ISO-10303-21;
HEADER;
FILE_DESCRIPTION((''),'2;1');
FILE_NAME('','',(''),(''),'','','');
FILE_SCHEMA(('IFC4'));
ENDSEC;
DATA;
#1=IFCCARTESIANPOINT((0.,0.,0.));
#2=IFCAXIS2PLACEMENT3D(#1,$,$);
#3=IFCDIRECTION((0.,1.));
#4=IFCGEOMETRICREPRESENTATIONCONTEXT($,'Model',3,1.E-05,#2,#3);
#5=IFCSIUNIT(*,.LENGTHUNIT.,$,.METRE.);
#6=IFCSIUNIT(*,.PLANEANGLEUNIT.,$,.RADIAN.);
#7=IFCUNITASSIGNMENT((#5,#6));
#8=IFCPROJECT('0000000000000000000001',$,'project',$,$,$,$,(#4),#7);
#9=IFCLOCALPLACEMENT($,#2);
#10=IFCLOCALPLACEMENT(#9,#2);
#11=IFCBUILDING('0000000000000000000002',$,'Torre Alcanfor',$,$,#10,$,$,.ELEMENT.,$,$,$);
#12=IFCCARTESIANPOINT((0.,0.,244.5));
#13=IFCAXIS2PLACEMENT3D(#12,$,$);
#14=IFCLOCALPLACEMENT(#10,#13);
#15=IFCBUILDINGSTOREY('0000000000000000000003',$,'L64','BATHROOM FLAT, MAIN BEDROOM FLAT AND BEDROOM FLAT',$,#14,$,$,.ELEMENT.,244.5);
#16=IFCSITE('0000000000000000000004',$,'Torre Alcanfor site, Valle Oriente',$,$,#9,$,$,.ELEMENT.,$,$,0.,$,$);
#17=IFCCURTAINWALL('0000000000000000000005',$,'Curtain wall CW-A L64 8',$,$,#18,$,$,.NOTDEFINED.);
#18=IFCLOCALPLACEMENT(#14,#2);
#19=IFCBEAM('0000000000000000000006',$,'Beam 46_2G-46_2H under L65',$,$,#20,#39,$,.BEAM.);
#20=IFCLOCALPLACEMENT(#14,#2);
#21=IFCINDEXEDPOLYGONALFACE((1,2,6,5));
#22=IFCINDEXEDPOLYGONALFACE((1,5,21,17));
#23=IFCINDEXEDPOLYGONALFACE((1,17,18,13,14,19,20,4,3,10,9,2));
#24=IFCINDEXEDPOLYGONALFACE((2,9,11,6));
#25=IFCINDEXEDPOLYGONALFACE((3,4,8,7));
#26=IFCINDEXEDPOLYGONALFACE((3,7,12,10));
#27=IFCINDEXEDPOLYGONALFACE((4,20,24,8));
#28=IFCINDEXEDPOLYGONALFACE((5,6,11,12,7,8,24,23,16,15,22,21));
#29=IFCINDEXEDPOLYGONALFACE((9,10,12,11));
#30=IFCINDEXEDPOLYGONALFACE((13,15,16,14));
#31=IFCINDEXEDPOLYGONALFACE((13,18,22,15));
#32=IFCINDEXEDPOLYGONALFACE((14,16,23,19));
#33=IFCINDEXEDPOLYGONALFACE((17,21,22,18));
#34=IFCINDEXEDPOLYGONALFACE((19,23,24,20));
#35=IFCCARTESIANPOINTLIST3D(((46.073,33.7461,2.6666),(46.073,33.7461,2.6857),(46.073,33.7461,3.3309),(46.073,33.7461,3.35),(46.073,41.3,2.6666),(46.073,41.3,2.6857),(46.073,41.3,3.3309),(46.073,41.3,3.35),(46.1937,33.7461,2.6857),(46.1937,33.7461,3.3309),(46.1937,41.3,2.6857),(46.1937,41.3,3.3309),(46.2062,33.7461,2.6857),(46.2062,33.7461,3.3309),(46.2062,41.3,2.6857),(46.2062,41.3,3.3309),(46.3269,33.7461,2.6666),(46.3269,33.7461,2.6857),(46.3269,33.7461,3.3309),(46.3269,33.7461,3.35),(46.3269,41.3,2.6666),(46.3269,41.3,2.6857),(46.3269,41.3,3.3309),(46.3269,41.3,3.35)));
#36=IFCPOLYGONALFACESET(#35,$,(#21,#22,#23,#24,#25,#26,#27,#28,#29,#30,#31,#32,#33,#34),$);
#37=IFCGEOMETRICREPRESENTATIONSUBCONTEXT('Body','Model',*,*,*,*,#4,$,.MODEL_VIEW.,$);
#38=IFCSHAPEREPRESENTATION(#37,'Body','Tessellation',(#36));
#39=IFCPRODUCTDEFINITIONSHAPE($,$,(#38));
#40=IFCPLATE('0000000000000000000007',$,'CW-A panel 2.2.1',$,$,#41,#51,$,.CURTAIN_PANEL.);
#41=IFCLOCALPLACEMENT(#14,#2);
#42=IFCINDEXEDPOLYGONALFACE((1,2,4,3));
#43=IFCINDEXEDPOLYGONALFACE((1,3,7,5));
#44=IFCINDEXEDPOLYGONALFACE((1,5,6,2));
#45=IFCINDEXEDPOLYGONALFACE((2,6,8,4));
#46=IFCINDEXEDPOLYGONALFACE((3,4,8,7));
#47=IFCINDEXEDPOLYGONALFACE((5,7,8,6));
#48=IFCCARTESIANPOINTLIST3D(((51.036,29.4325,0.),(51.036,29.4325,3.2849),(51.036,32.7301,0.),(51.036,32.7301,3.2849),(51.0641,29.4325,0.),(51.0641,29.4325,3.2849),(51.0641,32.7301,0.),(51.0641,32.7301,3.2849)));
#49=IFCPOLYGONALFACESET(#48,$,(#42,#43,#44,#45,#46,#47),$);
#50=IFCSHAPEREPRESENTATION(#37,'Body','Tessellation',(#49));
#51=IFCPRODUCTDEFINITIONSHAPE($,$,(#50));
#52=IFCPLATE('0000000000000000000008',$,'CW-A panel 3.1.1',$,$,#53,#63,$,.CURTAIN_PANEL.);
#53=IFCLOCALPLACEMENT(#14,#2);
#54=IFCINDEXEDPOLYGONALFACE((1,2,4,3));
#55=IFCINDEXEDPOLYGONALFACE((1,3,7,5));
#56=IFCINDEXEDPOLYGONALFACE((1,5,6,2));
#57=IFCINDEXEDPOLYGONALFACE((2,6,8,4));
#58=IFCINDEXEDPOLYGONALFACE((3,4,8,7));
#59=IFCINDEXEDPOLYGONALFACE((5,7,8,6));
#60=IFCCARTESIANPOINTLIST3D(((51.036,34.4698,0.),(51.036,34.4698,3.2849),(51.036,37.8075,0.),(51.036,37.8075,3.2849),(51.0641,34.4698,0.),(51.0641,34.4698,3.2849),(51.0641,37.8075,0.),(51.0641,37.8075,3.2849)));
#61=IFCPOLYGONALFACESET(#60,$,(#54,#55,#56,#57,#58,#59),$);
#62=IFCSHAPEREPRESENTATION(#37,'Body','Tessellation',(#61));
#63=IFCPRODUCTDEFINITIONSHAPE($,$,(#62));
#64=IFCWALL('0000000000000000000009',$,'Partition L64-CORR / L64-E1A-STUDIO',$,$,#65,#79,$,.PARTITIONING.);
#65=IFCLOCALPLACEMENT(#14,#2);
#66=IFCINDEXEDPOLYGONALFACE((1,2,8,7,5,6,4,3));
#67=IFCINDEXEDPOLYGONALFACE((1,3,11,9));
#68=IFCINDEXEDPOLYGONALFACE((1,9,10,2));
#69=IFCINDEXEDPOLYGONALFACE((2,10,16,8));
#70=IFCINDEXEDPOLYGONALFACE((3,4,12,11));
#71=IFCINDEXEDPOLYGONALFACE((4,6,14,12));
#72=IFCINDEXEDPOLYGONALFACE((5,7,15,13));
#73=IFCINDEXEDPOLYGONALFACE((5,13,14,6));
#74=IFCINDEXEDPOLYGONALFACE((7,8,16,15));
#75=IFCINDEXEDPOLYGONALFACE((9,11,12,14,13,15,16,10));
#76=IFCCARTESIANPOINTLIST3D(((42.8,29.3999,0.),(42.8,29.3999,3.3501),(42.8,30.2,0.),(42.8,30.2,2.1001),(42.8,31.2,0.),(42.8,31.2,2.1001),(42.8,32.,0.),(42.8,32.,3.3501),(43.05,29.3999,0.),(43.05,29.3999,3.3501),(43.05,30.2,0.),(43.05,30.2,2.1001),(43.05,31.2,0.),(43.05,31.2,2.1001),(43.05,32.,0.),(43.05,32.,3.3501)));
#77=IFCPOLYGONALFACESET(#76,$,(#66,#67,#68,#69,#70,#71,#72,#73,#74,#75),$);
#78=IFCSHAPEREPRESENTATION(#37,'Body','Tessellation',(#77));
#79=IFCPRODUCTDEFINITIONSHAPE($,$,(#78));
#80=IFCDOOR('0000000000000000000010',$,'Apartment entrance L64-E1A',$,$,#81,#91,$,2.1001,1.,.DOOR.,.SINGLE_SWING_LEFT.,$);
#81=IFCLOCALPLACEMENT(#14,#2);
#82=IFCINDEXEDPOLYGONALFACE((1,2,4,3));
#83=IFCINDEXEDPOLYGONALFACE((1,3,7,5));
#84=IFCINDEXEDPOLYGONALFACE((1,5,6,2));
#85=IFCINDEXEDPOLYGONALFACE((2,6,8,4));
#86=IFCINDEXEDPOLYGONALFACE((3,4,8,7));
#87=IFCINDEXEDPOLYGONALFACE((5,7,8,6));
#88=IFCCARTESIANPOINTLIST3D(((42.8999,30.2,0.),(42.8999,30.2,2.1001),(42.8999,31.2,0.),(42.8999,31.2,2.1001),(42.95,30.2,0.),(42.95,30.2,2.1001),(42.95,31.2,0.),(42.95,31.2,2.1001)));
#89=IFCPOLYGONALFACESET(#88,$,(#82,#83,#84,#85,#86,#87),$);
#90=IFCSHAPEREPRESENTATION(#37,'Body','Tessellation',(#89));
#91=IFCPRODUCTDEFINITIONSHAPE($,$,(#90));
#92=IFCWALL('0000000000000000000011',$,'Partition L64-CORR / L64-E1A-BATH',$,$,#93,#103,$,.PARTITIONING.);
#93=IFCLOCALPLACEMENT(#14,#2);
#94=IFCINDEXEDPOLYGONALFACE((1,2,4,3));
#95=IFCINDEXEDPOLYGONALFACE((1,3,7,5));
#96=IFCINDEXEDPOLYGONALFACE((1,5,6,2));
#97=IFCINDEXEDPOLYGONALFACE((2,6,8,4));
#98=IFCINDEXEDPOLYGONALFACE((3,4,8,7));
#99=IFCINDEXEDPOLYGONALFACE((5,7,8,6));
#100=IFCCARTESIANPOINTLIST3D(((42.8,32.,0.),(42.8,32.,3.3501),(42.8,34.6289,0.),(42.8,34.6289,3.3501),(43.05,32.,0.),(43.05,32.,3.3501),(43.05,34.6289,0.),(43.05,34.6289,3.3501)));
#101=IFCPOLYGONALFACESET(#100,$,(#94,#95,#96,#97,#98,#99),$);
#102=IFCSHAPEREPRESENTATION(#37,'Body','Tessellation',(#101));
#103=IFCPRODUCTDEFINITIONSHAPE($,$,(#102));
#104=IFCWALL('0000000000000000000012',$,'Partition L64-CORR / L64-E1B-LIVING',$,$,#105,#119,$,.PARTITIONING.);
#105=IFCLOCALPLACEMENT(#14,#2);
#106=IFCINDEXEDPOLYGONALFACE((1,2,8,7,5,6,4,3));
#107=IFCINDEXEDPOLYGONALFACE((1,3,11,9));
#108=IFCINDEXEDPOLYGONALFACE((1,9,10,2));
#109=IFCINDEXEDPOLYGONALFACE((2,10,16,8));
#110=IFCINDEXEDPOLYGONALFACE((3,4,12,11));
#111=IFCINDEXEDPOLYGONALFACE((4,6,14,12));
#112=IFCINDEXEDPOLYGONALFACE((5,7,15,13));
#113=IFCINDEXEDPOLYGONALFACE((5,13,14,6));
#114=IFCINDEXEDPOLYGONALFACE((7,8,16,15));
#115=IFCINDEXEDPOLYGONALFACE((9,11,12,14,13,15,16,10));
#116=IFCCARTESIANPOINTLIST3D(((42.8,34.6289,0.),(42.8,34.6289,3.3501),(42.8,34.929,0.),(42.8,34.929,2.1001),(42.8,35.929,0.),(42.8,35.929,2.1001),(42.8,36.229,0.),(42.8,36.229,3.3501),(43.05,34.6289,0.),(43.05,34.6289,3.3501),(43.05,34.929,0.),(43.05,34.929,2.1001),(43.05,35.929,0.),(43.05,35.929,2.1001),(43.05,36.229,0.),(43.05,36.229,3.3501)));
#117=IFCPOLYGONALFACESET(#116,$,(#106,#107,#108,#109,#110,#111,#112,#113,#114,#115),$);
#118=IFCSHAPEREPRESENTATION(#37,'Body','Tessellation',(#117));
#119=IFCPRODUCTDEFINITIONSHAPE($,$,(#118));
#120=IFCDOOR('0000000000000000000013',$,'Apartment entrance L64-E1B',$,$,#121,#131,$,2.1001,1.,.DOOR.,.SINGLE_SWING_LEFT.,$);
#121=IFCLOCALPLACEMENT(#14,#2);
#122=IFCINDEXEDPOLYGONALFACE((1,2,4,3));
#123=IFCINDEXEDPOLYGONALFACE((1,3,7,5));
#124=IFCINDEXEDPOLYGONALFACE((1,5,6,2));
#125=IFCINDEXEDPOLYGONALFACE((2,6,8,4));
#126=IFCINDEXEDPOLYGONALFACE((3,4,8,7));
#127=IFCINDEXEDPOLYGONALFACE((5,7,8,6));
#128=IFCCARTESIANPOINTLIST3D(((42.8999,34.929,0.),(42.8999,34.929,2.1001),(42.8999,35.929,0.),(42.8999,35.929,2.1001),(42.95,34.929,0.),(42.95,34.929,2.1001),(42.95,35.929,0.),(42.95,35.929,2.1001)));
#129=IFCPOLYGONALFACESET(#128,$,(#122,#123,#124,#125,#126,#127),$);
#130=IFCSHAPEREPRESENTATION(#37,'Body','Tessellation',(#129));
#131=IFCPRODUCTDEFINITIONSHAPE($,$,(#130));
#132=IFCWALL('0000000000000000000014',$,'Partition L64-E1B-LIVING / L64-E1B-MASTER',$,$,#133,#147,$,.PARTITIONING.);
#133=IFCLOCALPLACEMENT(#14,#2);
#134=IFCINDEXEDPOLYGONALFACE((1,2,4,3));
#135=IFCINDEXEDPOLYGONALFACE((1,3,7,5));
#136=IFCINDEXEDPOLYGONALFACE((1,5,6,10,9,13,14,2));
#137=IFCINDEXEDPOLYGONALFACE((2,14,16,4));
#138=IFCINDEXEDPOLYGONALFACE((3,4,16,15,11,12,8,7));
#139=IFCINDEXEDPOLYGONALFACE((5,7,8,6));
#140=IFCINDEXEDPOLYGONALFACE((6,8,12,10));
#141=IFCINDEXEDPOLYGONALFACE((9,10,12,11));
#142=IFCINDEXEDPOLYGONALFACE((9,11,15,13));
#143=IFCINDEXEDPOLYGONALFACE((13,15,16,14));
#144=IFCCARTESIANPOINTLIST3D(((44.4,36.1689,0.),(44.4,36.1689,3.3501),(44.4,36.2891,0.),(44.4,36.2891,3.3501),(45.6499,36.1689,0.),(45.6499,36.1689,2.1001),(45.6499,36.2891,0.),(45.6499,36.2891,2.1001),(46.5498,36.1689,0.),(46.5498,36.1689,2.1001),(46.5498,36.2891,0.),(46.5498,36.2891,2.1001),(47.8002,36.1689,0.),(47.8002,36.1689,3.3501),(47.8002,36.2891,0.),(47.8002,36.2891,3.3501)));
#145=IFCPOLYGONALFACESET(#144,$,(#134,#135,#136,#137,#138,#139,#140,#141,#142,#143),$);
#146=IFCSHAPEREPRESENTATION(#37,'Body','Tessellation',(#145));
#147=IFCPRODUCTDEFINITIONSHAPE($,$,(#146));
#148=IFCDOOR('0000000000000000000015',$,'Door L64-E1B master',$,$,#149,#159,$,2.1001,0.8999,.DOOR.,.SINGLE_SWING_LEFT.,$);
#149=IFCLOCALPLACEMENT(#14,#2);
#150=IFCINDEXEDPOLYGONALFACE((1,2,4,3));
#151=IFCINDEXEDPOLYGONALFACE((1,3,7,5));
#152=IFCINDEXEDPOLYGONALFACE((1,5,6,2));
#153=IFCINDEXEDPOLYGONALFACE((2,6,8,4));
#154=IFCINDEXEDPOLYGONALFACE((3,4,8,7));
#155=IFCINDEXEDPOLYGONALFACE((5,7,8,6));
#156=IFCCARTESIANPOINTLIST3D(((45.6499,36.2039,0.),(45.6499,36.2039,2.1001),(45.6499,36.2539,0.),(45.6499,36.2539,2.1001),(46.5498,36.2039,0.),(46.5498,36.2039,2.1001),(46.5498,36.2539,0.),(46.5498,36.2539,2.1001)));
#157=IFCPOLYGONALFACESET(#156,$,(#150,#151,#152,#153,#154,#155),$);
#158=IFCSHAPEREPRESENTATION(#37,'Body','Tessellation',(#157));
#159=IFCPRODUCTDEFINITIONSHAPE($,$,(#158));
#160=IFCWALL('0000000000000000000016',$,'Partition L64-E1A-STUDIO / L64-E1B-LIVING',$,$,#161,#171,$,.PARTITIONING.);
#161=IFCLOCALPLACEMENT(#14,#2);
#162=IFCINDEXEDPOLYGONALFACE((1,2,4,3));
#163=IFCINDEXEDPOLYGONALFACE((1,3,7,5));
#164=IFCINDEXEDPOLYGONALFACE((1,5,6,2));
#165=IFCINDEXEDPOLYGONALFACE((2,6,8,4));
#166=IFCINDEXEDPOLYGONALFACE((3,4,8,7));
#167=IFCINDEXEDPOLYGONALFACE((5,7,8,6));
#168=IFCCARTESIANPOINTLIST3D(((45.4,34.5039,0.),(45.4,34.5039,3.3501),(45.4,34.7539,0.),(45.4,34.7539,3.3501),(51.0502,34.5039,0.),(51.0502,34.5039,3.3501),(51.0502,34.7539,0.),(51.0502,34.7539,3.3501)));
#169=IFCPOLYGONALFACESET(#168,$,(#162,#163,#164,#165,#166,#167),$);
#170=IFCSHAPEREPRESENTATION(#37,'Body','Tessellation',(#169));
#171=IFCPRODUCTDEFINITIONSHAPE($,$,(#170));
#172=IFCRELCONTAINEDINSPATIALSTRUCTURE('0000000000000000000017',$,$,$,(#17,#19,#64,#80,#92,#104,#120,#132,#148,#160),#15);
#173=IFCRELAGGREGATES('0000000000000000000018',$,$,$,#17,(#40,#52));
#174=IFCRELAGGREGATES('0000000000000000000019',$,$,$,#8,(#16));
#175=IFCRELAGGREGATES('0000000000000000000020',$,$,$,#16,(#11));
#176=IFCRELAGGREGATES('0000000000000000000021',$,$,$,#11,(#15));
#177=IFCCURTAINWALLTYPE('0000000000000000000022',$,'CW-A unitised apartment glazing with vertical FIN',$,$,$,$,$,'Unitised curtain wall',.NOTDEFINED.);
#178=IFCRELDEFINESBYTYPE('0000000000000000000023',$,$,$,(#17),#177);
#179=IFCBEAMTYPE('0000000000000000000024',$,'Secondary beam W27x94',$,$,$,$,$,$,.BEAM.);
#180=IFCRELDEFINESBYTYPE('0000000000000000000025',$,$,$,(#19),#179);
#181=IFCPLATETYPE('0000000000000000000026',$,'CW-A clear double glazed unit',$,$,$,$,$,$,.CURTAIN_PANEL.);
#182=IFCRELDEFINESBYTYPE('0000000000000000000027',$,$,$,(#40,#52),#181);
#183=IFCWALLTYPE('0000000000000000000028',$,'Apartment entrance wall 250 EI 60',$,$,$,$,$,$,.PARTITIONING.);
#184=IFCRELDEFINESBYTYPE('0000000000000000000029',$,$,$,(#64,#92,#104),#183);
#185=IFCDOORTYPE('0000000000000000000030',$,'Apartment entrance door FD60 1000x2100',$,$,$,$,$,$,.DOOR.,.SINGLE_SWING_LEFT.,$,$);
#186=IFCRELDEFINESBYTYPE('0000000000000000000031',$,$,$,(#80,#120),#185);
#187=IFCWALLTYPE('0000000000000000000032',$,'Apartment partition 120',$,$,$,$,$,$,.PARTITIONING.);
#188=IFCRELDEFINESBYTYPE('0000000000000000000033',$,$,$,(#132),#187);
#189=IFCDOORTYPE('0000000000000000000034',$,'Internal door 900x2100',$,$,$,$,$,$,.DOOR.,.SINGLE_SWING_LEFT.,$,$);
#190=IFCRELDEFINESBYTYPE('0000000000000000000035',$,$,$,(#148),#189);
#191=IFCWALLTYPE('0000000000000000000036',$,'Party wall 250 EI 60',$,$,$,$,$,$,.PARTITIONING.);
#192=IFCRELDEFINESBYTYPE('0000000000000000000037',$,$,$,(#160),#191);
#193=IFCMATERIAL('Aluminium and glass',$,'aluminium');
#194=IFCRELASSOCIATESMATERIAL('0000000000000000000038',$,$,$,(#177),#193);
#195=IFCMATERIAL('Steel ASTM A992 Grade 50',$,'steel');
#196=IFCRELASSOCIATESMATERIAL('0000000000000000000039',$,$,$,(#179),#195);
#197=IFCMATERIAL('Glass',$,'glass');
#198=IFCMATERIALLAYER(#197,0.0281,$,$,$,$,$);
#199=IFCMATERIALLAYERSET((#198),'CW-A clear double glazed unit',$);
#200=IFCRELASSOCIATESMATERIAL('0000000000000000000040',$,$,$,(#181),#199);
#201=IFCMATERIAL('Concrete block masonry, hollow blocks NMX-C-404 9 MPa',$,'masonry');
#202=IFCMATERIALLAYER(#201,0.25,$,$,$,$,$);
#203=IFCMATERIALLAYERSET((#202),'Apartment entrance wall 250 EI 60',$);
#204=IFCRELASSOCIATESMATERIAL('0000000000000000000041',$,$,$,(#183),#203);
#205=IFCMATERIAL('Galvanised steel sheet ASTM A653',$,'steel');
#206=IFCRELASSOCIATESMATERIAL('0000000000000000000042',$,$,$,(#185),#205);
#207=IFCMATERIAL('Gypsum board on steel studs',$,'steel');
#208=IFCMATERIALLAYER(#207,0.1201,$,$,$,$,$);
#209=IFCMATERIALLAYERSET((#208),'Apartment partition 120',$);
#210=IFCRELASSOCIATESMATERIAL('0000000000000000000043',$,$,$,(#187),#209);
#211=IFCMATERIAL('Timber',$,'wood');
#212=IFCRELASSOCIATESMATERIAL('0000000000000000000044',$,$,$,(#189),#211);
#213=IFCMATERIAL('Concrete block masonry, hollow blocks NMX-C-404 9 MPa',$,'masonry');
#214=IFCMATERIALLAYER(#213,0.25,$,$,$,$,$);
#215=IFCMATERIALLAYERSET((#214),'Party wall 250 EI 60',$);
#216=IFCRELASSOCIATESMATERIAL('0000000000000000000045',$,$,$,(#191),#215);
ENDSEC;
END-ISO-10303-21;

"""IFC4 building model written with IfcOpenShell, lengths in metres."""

from ifc_helpers import new_model, si_unit, direction, frame, frame_2d, origin, origin_2d, place, context, subcontext, project, spatial, rectangle, i_section, extrude, material, layer, layer_set, material_profile, profile_set, type_object, element, fill, aggregate, save


model = new_model("IFC4")

# Units and contexts
model_context = context("Model", 3, precision=1e-05, world=origin(), true_north=direction((0.0, 1.0)))
body_context = subcontext(model_context, "Body", "Model", "MODEL_VIEW")
ifc_project = project(units=[si_unit("LENGTHUNIT", "METRE"), si_unit("PLANEANGLEUNIT", "RADIAN")], contexts=[model_context])

# Site, building, storey
site_placement = place(None, origin())
site = spatial("IfcSite", under=ifc_project, at=site_placement, Name="Torre Alcanfor site, Valle Oriente", CompositionType="ELEMENT", RefElevation=0.0)
building_placement = place(site_placement, origin())
building = spatial("IfcBuilding", under=site, at=building_placement, Name="Torre Alcanfor", CompositionType="ELEMENT")
storey_placement = place(building_placement, frame((0.0, 0.0, 244.5)))
storey = spatial("IfcBuildingStorey", under=building, at=storey_placement, Name="L64", Description="BATHROOM FLAT, MAIN BEDROOM FLAT AND BEDROOM FLAT", CompositionType="ELEMENT", Elevation=244.5)

# Curtain wall
ifc_material_1 = material(Name="Aluminium and glass", Category="aluminium")
curtain_wall_type = type_object("IfcCurtainWallType", Name="CW-A unitised apartment glazing with vertical FIN", ElementType="Unitised curtain wall", PredefinedType="NOTDEFINED", material=ifc_material_1)
curtain_wall_placement = place(storey_placement, origin())
curtain_wall = element("IfcCurtainWall", 1, at=curtain_wall_placement, inside=storey, type_object=curtain_wall_type, Name="Curtain wall CW-A L64 8", PredefinedType="NOTDEFINED")

# Beam
ifc_material_2 = material(Name="Steel ASTM A992 Grade 50", Category="steel")
ifc_material_profile_1 = material_profile(ifc_material_2, i_section(OverallWidth=0.2539, OverallDepth=0.6833, WebThickness=0.0125, FlangeThickness=0.019, at=origin_2d()), Name="W27x94")
ifc_profile_set_1 = profile_set([ifc_material_profile_1], Name="Steel ASTM A992 Grade 50")
beam_type_1 = type_object("IfcBeamType", Name="Secondary beam W27x94", PredefinedType="BEAM", material=ifc_profile_set_1)
beam_1_placement = place(storey_placement, frame((46.2, 33.7461, 3.0083), z_axis=(0.0, 1.0, 0.0), x_axis=(-1.0, 0.0, 0.0)))
element("IfcBeam", 2, at=beam_1_placement, inside=storey, type_object=beam_type_1, Name="Beam 46_2G-46_2H under L65", PredefinedType="BEAM", context=body_context, shape_type="SweptSolid", body=[
    extrude(i_section(OverallWidth=0.2539, OverallDepth=0.6833, WebThickness=0.0125, FlangeThickness=0.019, at=origin_2d()), origin(), (0.0, 0.0, 1.0), 7.554),
])

# Plates
ifc_material_3 = material(Name="Glass", Category="glass")
ifc_layer_1 = layer(ifc_material_3, 0.0281)
ifc_layer_set_1 = layer_set([ifc_layer_1], Name="CW-A clear double glazed unit")
plate_type = type_object("IfcPlateType", Name="CW-A clear double glazed unit", PredefinedType="CURTAIN_PANEL", material=ifc_layer_set_1)
plate_1_placement = place(storey_placement, frame((51.05, 31.0813, 0.0), z_axis=(0.0, 0.0, 1.0), x_axis=(0.0, 1.0, 0.0)))
plate_1 = element("IfcPlate", 3, at=plate_1_placement, type_object=plate_type, Name="CW-A panel 2.2.1", PredefinedType="CURTAIN_PANEL", context=body_context, shape_type="SweptSolid", body=[
    extrude(rectangle(XDim=3.2976, YDim=0.0281, at=origin_2d()), origin(), (0.0, 0.0, 1.0), 3.2849),
])
plate_2_placement = place(storey_placement, frame((51.05, 36.1387, 0.0), z_axis=(0.0, 0.0, 1.0), x_axis=(0.0, 1.0, 0.0)))
plate_2 = element("IfcPlate", 4, at=plate_2_placement, type_object=plate_type, Name="CW-A panel 3.1.1", PredefinedType="CURTAIN_PANEL", context=body_context, shape_type="SweptSolid", body=[
    extrude(rectangle(XDim=3.3376, YDim=0.0281, at=origin_2d()), origin(), (0.0, 0.0, 1.0), 3.2849),
])
aggregate(curtain_wall, [plate_1, plate_2])

# Wall, opening, door
ifc_material_4 = material(Name="Concrete block masonry, hollow blocks NMX-C-404 9 MPa", Category="masonry")
ifc_layer_2 = layer(ifc_material_4, 0.25)
ifc_layer_set_2 = layer_set([ifc_layer_2], Name="Apartment entrance wall 250 EI 60")
wall_type_1 = type_object("IfcWallType", Name="Apartment entrance wall 250 EI 60", PredefinedType="PARTITIONING", material=ifc_layer_set_2)
wall_1_placement = place(storey_placement, frame((42.925, 32.0, 0.0), z_axis=(0.0, 0.0, 1.0), x_axis=(0.0, -1.0, 0.0)))
wall_1 = element("IfcWall", 5, at=wall_1_placement, inside=storey, type_object=wall_type_1, Name="Partition L64-CORR / L64-E1A-STUDIO", PredefinedType="PARTITIONING", context=body_context, shape_type="SweptSolid", body=[
    extrude(rectangle(XDim=2.6001, YDim=0.25, at=frame_2d((1.3, 0.0))), origin(), (0.0, 0.0, 1.0), 3.3501),
])
opening_1_placement = place(wall_1_placement, frame((0.8, 0.0, 0.0)))
opening_1 = element("IfcOpeningElement", 6, at=opening_1_placement, cuts=wall_1, PredefinedType="OPENING", context=body_context, shape_type="SweptSolid", body=[
    extrude(rectangle(XDim=1.0, YDim=2.1001, at=frame_2d((0.5, 1.05))), frame((0.0, 0.135, 0.0), z_axis=(0.0, -1.0, 0.0), x_axis=(1.0, 0.0, 0.0)), (0.0, 0.0, 1.0), 0.27),
])
ifc_material_5 = material(Name="Galvanised steel sheet ASTM A653", Category="steel")
door_type_1 = type_object("IfcDoorType", Name="Apartment entrance door FD60 1000x2100", OperationType="SINGLE_SWING_LEFT", PredefinedType="DOOR", material=ifc_material_5)
door_1_placement = place(opening_1_placement, origin())
door_1 = element("IfcDoor", 7, at=door_1_placement, inside=storey, type_object=door_type_1, Name="Apartment entrance L64-E1A", OperationType="SINGLE_SWING_LEFT", OverallHeight=2.1001, OverallWidth=1.0, PredefinedType="DOOR", context=body_context, shape_type="SweptSolid", body=[
    extrude(rectangle(XDim=1.0, YDim=2.1001, at=frame_2d((0.5, 1.05))), frame((0.0, 0.0249, 0.0), z_axis=(0.0, -1.0, 0.0), x_axis=(1.0, 0.0, 0.0)), (0.0, 0.0, 1.0), 0.05),
])
fill(opening_1, door_1)

# Wall
wall_2_placement = place(storey_placement, frame((42.925, 34.6289, 0.0), z_axis=(0.0, 0.0, 1.0), x_axis=(0.0, -1.0, 0.0)))
element("IfcWall", 8, at=wall_2_placement, inside=storey, type_object=wall_type_1, Name="Partition L64-CORR / L64-E1A-BATH", PredefinedType="PARTITIONING", context=body_context, shape_type="SweptSolid", body=[
    extrude(rectangle(XDim=2.6289, YDim=0.25, at=frame_2d((1.3145, 0.0))), origin(), (0.0, 0.0, 1.0), 3.3501),
])

# Walls, openings, doors
wall_3_placement = place(storey_placement, frame((42.925, 36.229, 0.0), z_axis=(0.0, 0.0, 1.0), x_axis=(0.0, -1.0, 0.0)))
wall_3 = element("IfcWall", 9, at=wall_3_placement, inside=storey, type_object=wall_type_1, Name="Partition L64-CORR / L64-E1B-LIVING", PredefinedType="PARTITIONING", context=body_context, shape_type="SweptSolid", body=[
    extrude(rectangle(XDim=1.6001, YDim=0.25, at=frame_2d((0.8, 0.0))), origin(), (0.0, 0.0, 1.0), 3.3501),
])
opening_2_placement = place(wall_3_placement, frame((0.3, 0.0, 0.0)))
opening_2 = element("IfcOpeningElement", 10, at=opening_2_placement, cuts=wall_3, PredefinedType="OPENING", context=body_context, shape_type="SweptSolid", body=[
    extrude(rectangle(XDim=1.0, YDim=2.1001, at=frame_2d((0.5, 1.05))), frame((0.0, 0.135, 0.0), z_axis=(0.0, -1.0, 0.0), x_axis=(1.0, 0.0, 0.0)), (0.0, 0.0, 1.0), 0.27),
])
door_2_placement = place(opening_2_placement, origin())
door_2 = element("IfcDoor", 11, at=door_2_placement, inside=storey, type_object=door_type_1, Name="Apartment entrance L64-E1B", OperationType="SINGLE_SWING_LEFT", OverallHeight=2.1001, OverallWidth=1.0, PredefinedType="DOOR", context=body_context, shape_type="SweptSolid", body=[
    extrude(rectangle(XDim=1.0, YDim=2.1001, at=frame_2d((0.5, 1.05))), frame((0.0, 0.0249, 0.0), z_axis=(0.0, -1.0, 0.0), x_axis=(1.0, 0.0, 0.0)), (0.0, 0.0, 1.0), 0.05),
])
fill(opening_2, door_2)
ifc_material_6 = material(Name="Gypsum board on steel studs", Category="steel")
ifc_layer_3 = layer(ifc_material_6, 0.1201)
ifc_layer_set_3 = layer_set([ifc_layer_3], Name="Apartment partition 120")
wall_type_2 = type_object("IfcWallType", Name="Apartment partition 120", PredefinedType="PARTITIONING", material=ifc_layer_set_3)
wall_4_placement = place(storey_placement, frame((44.3999, 36.229, 0.0), z_axis=(0.0, 0.0, 1.0), x_axis=(1.0, 0.0, 0.0)))
wall_4 = element("IfcWall", 12, at=wall_4_placement, inside=storey, type_object=wall_type_2, Name="Partition L64-E1B-LIVING / L64-E1B-MASTER", PredefinedType="PARTITIONING", context=body_context, shape_type="SweptSolid", body=[
    extrude(rectangle(XDim=3.4001, YDim=0.1201, at=frame_2d((1.7002, 0.0))), origin(), (0.0, 0.0, 1.0), 3.3501),
])
opening_3_placement = place(wall_4_placement, frame((1.25, 0.0, 0.0)))
opening_3 = element("IfcOpeningElement", 13, at=opening_3_placement, cuts=wall_4, PredefinedType="OPENING", context=body_context, shape_type="SweptSolid", body=[
    extrude(rectangle(XDim=0.8999, YDim=2.1001, at=frame_2d((0.45, 1.05))), frame((0.0, 0.0701, 0.0), z_axis=(0.0, -1.0, 0.0), x_axis=(1.0, 0.0, 0.0)), (0.0, 0.0, 1.0), 0.1401),
])
ifc_material_7 = material(Name="Timber", Category="wood")
door_type_2 = type_object("IfcDoorType", Name="Internal door 900x2100", OperationType="SINGLE_SWING_LEFT", PredefinedType="DOOR", material=ifc_material_7)
door_3_placement = place(opening_3_placement, origin())
door_3 = element("IfcDoor", 14, at=door_3_placement, inside=storey, type_object=door_type_2, Name="Door L64-E1B master", OperationType="SINGLE_SWING_LEFT", OverallHeight=2.1001, OverallWidth=0.8999, PredefinedType="DOOR", context=body_context, shape_type="SweptSolid", body=[
    extrude(rectangle(XDim=0.8999, YDim=2.1001, at=frame_2d((0.45, 1.05))), frame((0.0, 0.0249, 0.0), z_axis=(0.0, -1.0, 0.0), x_axis=(1.0, 0.0, 0.0)), (0.0, 0.0, 1.0), 0.05),
])
fill(opening_3, door_3)

# Wall
ifc_material_8 = material(Name="Concrete block masonry, hollow blocks NMX-C-404 9 MPa", Category="masonry")
ifc_layer_4 = layer(ifc_material_8, 0.25)
ifc_layer_set_4 = layer_set([ifc_layer_4], Name="Party wall 250 EI 60")
wall_type_3 = type_object("IfcWallType", Name="Party wall 250 EI 60", PredefinedType="PARTITIONING", material=ifc_layer_set_4)
wall_5_placement = place(storey_placement, frame((45.3999, 34.6289, 0.0), z_axis=(0.0, 0.0, 1.0), x_axis=(1.0, 0.0, 0.0)))
element("IfcWall", 15, at=wall_5_placement, inside=storey, type_object=wall_type_3, Name="Partition L64-E1A-STUDIO / L64-E1B-LIVING", PredefinedType="PARTITIONING", context=body_context, shape_type="SweptSolid", body=[
    extrude(rectangle(XDim=5.6501, YDim=0.25, at=frame_2d((2.8252, 0.0))), origin(), (0.0, 0.0, 1.0), 3.3501),
])

save(model, "model.ifc")
